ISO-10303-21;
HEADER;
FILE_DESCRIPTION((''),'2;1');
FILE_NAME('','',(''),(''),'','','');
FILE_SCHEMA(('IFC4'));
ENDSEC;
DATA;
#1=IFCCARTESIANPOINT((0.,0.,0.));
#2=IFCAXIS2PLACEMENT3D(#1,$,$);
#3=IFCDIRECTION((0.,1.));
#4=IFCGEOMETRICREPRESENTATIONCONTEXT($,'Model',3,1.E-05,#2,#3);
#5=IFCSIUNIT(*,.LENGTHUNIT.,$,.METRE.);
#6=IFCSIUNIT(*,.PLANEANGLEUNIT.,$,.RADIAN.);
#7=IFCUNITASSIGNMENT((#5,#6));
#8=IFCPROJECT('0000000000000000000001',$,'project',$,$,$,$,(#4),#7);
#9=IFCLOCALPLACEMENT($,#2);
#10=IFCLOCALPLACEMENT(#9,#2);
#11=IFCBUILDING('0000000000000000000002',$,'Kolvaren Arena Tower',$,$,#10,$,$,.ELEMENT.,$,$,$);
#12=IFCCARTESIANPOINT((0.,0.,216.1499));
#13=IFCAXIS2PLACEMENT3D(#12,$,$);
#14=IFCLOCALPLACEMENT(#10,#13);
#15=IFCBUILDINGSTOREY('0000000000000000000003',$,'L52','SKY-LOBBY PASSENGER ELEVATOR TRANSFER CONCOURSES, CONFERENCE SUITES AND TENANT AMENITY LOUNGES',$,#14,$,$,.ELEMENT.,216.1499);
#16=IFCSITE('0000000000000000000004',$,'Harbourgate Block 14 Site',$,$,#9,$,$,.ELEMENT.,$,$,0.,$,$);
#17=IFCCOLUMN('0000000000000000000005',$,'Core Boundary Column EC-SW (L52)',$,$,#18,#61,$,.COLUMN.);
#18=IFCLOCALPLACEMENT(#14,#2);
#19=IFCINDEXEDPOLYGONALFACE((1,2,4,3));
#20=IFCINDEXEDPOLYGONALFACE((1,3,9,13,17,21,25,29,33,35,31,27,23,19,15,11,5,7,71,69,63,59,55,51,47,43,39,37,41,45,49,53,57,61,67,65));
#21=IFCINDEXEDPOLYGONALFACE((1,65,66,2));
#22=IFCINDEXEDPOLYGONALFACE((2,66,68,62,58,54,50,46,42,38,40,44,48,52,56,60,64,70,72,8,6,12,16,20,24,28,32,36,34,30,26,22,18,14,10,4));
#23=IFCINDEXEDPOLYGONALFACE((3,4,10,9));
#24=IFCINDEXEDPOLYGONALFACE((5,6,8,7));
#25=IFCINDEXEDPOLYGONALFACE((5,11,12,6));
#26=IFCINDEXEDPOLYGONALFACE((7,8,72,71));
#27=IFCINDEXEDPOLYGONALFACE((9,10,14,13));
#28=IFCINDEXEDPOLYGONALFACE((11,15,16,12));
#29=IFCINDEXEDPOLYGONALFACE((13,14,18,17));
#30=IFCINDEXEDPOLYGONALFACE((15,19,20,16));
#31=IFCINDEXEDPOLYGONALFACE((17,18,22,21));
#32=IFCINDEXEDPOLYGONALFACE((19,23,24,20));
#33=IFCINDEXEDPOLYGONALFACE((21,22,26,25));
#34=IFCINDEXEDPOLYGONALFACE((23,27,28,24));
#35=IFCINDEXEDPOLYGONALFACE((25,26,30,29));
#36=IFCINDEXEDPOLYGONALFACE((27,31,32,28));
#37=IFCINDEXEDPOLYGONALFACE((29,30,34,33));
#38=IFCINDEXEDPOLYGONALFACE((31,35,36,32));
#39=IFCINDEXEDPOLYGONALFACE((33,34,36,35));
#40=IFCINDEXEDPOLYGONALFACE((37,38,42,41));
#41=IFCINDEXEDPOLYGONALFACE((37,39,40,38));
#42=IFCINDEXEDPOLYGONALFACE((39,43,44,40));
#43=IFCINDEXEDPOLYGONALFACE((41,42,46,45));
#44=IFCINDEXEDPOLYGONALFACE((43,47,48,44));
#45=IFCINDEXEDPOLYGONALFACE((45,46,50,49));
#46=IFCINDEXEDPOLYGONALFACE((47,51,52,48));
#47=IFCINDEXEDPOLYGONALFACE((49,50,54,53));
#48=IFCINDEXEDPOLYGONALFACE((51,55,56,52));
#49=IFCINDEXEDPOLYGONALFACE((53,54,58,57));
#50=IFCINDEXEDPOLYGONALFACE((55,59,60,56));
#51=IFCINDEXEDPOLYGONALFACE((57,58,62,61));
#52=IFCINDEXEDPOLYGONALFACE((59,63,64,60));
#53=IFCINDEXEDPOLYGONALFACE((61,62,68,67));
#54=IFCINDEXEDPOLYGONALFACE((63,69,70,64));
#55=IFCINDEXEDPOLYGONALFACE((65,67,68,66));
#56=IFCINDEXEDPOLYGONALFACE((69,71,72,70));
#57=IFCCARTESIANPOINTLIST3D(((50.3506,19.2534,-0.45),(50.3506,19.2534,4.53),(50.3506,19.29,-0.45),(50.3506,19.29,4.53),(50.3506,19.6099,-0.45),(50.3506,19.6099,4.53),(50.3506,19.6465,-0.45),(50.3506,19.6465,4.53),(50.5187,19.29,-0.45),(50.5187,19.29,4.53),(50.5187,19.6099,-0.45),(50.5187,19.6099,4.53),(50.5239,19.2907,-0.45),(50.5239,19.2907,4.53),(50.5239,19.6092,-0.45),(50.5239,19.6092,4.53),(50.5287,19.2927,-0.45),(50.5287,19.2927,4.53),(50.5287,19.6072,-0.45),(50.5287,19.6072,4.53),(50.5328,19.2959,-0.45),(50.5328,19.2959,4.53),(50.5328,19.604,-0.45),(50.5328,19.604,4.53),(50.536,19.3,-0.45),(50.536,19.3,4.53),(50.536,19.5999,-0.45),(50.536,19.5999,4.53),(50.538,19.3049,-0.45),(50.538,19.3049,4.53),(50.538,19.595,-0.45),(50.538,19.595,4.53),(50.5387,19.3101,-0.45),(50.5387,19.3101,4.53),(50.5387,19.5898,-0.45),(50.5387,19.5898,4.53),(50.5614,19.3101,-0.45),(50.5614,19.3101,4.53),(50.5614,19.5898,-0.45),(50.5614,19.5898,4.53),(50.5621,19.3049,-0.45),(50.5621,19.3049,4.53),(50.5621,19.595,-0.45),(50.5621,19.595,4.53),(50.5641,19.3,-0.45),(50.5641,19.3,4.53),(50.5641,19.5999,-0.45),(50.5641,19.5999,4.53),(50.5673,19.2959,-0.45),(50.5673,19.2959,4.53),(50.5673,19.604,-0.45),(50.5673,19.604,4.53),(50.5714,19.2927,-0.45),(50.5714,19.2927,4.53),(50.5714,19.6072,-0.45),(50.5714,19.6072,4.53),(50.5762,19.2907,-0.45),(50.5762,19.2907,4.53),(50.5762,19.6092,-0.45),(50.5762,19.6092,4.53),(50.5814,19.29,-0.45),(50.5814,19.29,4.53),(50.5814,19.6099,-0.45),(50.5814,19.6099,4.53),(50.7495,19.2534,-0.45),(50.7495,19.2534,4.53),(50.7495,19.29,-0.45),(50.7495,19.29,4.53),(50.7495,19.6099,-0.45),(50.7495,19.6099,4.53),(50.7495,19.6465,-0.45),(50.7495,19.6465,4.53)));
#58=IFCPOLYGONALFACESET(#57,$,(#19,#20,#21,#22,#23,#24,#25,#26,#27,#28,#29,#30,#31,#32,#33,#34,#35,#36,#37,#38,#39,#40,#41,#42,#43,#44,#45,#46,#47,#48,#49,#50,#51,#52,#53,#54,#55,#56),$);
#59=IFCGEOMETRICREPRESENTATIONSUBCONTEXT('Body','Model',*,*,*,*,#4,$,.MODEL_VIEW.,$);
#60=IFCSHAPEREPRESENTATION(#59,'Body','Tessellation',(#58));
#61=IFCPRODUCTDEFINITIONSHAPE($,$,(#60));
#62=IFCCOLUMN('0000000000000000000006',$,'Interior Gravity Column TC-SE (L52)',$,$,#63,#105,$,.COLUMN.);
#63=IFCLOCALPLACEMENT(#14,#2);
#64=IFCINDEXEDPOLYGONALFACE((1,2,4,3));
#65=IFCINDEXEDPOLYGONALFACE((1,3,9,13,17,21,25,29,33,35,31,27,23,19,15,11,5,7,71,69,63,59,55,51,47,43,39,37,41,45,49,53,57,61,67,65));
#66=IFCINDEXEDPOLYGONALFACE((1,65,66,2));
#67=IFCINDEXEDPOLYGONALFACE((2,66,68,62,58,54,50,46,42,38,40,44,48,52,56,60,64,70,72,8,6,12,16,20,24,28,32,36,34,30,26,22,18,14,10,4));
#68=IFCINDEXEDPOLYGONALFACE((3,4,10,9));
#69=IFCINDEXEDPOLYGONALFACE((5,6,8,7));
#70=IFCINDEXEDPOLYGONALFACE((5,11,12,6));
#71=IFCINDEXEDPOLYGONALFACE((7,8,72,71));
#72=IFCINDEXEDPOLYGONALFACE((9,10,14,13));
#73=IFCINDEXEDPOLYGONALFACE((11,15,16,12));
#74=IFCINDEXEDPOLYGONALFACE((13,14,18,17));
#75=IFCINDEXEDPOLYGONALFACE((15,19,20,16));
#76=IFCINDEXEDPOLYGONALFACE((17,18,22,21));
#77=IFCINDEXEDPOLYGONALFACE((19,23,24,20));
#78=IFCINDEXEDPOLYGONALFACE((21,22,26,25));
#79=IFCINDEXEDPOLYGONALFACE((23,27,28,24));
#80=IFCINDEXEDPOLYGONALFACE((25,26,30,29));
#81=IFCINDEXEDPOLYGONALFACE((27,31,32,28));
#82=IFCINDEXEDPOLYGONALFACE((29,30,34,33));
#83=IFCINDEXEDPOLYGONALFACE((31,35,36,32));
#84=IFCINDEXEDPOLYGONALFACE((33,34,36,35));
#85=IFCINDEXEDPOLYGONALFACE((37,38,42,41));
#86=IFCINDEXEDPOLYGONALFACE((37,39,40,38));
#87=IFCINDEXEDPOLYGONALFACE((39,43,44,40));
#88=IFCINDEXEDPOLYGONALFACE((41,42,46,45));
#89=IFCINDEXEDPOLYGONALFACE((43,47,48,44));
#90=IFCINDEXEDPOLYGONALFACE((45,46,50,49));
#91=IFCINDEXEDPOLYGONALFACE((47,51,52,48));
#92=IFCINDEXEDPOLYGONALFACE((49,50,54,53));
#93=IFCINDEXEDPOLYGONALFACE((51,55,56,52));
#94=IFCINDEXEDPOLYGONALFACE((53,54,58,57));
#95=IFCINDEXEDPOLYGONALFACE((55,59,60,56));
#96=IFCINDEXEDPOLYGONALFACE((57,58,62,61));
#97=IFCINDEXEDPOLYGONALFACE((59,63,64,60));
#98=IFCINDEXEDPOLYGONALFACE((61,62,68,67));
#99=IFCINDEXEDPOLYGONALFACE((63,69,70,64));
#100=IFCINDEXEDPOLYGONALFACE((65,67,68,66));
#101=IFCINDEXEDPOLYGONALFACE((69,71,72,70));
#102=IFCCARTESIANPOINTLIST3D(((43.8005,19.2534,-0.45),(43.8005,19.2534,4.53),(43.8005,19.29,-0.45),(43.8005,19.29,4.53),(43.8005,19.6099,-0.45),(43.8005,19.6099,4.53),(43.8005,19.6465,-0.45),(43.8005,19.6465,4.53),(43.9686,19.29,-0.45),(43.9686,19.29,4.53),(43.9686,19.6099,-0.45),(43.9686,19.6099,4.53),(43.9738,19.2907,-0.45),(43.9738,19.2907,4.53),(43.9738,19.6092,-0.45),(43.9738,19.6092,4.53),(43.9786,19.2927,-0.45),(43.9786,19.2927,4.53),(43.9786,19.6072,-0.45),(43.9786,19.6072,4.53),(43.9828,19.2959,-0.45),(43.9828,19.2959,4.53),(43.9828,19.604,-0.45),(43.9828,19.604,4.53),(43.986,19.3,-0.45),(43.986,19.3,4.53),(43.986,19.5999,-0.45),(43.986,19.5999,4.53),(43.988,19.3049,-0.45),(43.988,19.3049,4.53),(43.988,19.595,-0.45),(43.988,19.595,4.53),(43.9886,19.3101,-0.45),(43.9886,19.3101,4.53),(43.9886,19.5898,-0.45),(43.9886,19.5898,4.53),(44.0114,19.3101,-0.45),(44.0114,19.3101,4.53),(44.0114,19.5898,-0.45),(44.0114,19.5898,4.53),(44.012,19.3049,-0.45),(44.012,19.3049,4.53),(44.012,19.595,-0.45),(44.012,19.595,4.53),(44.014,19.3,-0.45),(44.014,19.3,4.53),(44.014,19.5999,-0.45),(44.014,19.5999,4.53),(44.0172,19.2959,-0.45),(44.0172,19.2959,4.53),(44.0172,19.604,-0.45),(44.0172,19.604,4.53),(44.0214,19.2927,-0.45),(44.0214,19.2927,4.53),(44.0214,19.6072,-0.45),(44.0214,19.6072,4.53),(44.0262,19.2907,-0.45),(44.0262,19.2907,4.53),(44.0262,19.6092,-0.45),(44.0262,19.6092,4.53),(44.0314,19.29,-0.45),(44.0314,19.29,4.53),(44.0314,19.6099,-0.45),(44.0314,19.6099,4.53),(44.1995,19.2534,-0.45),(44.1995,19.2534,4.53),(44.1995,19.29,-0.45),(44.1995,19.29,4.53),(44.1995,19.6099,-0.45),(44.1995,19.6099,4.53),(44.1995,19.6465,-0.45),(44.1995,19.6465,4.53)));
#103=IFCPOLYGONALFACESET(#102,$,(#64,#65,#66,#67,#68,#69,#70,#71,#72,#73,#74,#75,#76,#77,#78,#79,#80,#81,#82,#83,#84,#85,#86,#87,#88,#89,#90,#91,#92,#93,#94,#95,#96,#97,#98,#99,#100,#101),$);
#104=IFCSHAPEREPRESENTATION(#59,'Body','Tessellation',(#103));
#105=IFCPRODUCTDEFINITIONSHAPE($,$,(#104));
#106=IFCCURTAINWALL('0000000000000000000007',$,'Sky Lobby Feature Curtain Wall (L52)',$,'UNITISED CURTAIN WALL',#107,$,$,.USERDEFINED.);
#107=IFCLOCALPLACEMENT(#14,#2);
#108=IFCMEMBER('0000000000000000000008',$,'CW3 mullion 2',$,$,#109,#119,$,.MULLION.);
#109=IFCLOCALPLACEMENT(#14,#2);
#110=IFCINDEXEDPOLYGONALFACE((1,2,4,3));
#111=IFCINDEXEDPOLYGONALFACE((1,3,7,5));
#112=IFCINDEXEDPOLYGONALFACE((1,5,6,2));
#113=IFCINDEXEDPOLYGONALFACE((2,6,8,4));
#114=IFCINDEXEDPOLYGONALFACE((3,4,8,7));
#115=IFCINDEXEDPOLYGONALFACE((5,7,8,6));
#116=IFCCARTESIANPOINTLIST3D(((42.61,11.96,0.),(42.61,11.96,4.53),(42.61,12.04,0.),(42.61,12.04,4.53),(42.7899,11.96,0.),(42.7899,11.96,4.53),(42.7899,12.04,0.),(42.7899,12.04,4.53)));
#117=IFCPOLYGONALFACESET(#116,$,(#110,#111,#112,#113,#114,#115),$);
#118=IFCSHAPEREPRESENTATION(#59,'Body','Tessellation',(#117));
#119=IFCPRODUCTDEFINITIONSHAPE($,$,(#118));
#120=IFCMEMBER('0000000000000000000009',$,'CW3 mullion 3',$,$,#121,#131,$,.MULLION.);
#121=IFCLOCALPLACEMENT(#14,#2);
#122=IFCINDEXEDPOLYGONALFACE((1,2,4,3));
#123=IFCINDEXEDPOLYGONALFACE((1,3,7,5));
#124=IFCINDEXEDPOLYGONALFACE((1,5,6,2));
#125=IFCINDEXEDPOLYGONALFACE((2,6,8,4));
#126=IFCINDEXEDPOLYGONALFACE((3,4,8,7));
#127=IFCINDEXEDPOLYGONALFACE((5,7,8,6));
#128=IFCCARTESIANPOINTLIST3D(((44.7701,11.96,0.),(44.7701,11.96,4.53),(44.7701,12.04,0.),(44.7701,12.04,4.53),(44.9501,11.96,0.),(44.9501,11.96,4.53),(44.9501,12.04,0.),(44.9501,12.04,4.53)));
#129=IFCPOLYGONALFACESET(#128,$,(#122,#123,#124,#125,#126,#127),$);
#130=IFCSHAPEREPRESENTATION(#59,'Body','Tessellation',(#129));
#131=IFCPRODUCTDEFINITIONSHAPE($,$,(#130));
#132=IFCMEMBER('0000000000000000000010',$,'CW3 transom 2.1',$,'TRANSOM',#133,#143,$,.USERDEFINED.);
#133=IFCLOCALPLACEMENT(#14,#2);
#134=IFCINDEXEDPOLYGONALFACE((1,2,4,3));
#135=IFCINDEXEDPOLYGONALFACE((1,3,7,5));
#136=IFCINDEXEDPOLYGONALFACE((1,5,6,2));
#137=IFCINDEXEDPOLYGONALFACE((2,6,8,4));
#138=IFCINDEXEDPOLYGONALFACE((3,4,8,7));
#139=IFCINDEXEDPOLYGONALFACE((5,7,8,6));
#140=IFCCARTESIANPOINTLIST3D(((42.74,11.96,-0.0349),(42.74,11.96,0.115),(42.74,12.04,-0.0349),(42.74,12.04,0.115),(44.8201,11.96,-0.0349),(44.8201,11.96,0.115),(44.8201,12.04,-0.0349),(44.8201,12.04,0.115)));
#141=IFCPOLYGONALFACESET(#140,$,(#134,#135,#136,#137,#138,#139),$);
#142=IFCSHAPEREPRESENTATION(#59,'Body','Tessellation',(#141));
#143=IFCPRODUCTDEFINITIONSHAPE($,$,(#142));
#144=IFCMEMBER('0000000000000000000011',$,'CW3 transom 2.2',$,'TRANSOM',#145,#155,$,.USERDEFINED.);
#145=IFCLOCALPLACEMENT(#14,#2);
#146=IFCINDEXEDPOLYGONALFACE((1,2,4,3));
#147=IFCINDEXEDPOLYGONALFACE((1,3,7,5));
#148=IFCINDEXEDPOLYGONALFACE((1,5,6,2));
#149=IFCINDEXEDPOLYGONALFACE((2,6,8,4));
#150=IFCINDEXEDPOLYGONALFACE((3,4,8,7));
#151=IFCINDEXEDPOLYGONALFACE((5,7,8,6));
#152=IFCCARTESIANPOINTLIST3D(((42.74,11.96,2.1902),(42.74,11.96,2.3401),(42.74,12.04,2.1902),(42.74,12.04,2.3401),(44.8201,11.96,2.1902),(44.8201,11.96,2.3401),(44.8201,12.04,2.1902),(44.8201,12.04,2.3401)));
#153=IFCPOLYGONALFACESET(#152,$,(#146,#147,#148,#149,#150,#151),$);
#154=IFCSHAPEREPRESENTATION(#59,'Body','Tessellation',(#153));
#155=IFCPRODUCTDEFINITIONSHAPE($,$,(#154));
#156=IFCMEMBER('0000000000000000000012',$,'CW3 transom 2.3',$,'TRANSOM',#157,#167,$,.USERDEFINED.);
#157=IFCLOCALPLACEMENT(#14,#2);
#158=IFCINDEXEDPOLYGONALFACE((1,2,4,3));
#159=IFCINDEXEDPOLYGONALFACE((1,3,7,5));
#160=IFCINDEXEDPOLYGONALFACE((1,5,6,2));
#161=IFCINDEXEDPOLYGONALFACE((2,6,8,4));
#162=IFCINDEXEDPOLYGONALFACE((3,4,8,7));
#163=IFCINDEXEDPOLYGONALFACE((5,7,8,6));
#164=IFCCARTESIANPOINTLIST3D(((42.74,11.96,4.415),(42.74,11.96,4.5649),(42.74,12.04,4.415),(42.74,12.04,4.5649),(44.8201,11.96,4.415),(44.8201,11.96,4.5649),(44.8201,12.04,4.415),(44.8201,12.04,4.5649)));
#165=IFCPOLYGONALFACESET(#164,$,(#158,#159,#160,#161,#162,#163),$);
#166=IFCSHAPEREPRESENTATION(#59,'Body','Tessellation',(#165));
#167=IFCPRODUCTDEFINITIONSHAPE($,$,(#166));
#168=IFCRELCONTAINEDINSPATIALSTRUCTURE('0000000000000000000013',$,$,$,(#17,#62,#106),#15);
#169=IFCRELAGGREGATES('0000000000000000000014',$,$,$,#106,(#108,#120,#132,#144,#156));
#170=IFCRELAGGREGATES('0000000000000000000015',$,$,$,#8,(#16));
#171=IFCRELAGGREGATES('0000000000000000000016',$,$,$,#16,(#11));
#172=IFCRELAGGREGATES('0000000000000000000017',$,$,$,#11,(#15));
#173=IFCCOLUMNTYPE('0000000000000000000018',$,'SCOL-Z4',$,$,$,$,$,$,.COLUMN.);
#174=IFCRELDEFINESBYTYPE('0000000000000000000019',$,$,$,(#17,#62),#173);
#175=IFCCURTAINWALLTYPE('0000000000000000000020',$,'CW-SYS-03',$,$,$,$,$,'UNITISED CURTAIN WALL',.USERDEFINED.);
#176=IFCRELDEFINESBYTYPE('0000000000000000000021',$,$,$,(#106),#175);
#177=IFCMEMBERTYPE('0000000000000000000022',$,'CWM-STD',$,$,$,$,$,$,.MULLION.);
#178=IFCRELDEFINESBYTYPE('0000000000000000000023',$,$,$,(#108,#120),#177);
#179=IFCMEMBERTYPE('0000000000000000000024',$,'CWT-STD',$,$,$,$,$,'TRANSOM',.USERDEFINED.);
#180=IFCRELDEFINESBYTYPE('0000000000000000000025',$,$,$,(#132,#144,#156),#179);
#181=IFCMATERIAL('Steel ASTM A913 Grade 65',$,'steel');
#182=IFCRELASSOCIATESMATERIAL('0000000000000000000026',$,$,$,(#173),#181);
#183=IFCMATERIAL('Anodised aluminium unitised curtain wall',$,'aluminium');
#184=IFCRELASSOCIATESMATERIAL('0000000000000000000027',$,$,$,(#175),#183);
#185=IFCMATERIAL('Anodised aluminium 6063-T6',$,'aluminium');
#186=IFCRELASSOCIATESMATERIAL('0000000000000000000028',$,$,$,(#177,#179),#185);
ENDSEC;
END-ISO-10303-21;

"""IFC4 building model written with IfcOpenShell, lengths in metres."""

from ifc_helpers import new_model, si_unit, direction, frame, origin, origin_2d, place, context, subcontext, project, spatial, rectangle, i_section, extrude, material, material_profile, profile_set, type_object, element, aggregate, save


model = new_model("IFC4")

# Units and contexts
model_context = context("Model", 3, precision=1e-05, world=origin(), true_north=direction((0.0, 1.0)))
body_context = subcontext(model_context, "Body", "Model", "MODEL_VIEW")
ifc_project = project(units=[si_unit("LENGTHUNIT", "METRE"), si_unit("PLANEANGLEUNIT", "RADIAN")], contexts=[model_context])

# Site, building, storey
site_placement = place(None, origin())
site = spatial("IfcSite", under=ifc_project, at=site_placement, Name="Harbourgate Block 14 Site", CompositionType="ELEMENT", RefElevation=0.0)
building_placement = place(site_placement, origin())
building = spatial("IfcBuilding", under=site, at=building_placement, Name="Kolvaren Arena Tower", CompositionType="ELEMENT")
storey_placement = place(building_placement, frame((0.0, 0.0, 216.1499)))
storey = spatial("IfcBuildingStorey", under=building, at=storey_placement, Name="L52", Description="SKY-LOBBY PASSENGER ELEVATOR TRANSFER CONCOURSES, CONFERENCE SUITES AND TENANT AMENITY LOUNGES", CompositionType="ELEMENT", Elevation=216.1499)

# Columns
ifc_material_1 = material(Name="Steel ASTM A913 Grade 65", Category="steel")
ifc_material_profile_1 = material_profile(ifc_material_1, i_section(OverallWidth=0.3989, OverallDepth=0.3931, WebThickness=0.0227, FlangeThickness=0.0366, FilletRadius=0.02, at=origin_2d()), Name="W360x287")
ifc_profile_set_1 = profile_set([ifc_material_profile_1], Name="Steel ASTM A913 Grade 65")
column_type = type_object("IfcColumnType", Name="SCOL-Z4", PredefinedType="COLUMN", material=ifc_profile_set_1)
for number, where, z_axis, x_axis, name in (
    (1, (50.55, 19.45, -0.45), (0.0, 0.0, 1.0), (1.0, 0.0, 0.0), "Core Boundary Column EC-SW (L52)"),
    (2, (44.0, 19.45, -0.45), (0.0, 0.0, 1.0), (1.0, 0.0, 0.0), "Interior Gravity Column TC-SE (L52)"),
):
    element("IfcColumn", number, at=place(storey_placement, frame(where, z_axis=z_axis, x_axis=x_axis)), inside=storey, type_object=column_type, Name=name, PredefinedType="COLUMN", context=body_context, shape_type="SweptSolid", body=[
        extrude(i_section(OverallWidth=0.3989, OverallDepth=0.3931, WebThickness=0.0227, FlangeThickness=0.0366, FilletRadius=0.02, at=origin_2d()), origin(), (0.0, 0.0, 1.0), 4.98),
    ])

# Curtain wall, members
ifc_material_2 = material(Name="Anodised aluminium unitised curtain wall", Category="aluminium")
curtain_wall_type = type_object("IfcCurtainWallType", Name="CW-SYS-03", ElementType="UNITISED CURTAIN WALL", PredefinedType="USERDEFINED", material=ifc_material_2)
curtain_wall_placement = place(storey_placement, origin())
curtain_wall = element("IfcCurtainWall", 3, at=curtain_wall_placement, inside=storey, type_object=curtain_wall_type, Name="Sky Lobby Feature Curtain Wall (L52)", ObjectType="UNITISED CURTAIN WALL", PredefinedType="USERDEFINED")
ifc_material_3 = material(Name="Anodised aluminium 6063-T6", Category="aluminium")
ifc_material_profile_2 = material_profile(ifc_material_3, rectangle(XDim=0.0801, YDim=0.1799, at=origin_2d()), Name="ALU-80x180")
ifc_profile_set_2 = profile_set([ifc_material_profile_2], Name="Anodised aluminium 6063-T6")
member_type_1 = type_object("IfcMemberType", Name="CWM-STD", PredefinedType="MULLION", material=ifc_profile_set_2)
member_1_placement = place(storey_placement, frame((42.7, 12.0, 0.0), z_axis=(0.0, 0.0, 1.0), x_axis=(0.0, 1.0, 0.0)))
member_1 = element("IfcMember", 4, at=member_1_placement, type_object=member_type_1, Name="CW3 mullion 2", PredefinedType="MULLION", context=body_context, shape_type="SweptSolid", body=[
    extrude(rectangle(XDim=0.0801, YDim=0.1799, at=origin_2d()), origin(), (0.0, 0.0, 1.0), 4.53),
])
member_2_placement = place(storey_placement, frame((44.8601, 12.0, 0.0), z_axis=(0.0, 0.0, 1.0), x_axis=(0.0, 1.0, 0.0)))
member_2 = element("IfcMember", 5, at=member_2_placement, type_object=member_type_1, Name="CW3 mullion 3", PredefinedType="MULLION", context=body_context, shape_type="SweptSolid", body=[
    extrude(rectangle(XDim=0.0801, YDim=0.1799, at=origin_2d()), origin(), (0.0, 0.0, 1.0), 4.53),
])
ifc_material_profile_3 = material_profile(ifc_material_3, rectangle(XDim=0.0801, YDim=0.1499, at=origin_2d()), Name="ALU-80x150")
ifc_profile_set_3 = profile_set([ifc_material_profile_3], Name="Anodised aluminium 6063-T6")
member_type_2 = type_object("IfcMemberType", Name="CWT-STD", ElementType="TRANSOM", PredefinedType="USERDEFINED", material=ifc_profile_set_3)
member_3_placement = place(storey_placement, frame((42.74, 12.0, 0.04), z_axis=(1.0, 0.0, 0.0), x_axis=(0.0, 1.0, 0.0)))
member_3 = element("IfcMember", 6, at=member_3_placement, type_object=member_type_2, Name="CW3 transom 2.1", ObjectType="TRANSOM", PredefinedType="USERDEFINED", context=body_context, shape_type="SweptSolid", body=[
    extrude(rectangle(XDim=0.0801, YDim=0.1499, at=origin_2d()), origin(), (0.0, 0.0, 1.0), 2.0801),
])
member_4_placement = place(storey_placement, frame((42.74, 12.0, 2.2651), z_axis=(1.0, 0.0, 0.0), x_axis=(0.0, 1.0, 0.0)))
member_4 = element("IfcMember", 7, at=member_4_placement, type_object=member_type_2, Name="CW3 transom 2.2", ObjectType="TRANSOM", PredefinedType="USERDEFINED", context=body_context, shape_type="SweptSolid", body=[
    extrude(rectangle(XDim=0.0801, YDim=0.1499, at=origin_2d()), origin(), (0.0, 0.0, 1.0), 2.0801),
])
member_5_placement = place(storey_placement, frame((42.74, 12.0, 4.49), z_axis=(1.0, 0.0, 0.0), x_axis=(0.0, 1.0, 0.0)))
member_5 = element("IfcMember", 8, at=member_5_placement, type_object=member_type_2, Name="CW3 transom 2.3", ObjectType="TRANSOM", PredefinedType="USERDEFINED", context=body_context, shape_type="SweptSolid", body=[
    extrude(rectangle(XDim=0.0801, YDim=0.1499, at=origin_2d()), origin(), (0.0, 0.0, 1.0), 2.0801),
])

aggregate(curtain_wall, [member_1, member_2, member_3, member_4, member_5])

save(model, "model.ifc")
